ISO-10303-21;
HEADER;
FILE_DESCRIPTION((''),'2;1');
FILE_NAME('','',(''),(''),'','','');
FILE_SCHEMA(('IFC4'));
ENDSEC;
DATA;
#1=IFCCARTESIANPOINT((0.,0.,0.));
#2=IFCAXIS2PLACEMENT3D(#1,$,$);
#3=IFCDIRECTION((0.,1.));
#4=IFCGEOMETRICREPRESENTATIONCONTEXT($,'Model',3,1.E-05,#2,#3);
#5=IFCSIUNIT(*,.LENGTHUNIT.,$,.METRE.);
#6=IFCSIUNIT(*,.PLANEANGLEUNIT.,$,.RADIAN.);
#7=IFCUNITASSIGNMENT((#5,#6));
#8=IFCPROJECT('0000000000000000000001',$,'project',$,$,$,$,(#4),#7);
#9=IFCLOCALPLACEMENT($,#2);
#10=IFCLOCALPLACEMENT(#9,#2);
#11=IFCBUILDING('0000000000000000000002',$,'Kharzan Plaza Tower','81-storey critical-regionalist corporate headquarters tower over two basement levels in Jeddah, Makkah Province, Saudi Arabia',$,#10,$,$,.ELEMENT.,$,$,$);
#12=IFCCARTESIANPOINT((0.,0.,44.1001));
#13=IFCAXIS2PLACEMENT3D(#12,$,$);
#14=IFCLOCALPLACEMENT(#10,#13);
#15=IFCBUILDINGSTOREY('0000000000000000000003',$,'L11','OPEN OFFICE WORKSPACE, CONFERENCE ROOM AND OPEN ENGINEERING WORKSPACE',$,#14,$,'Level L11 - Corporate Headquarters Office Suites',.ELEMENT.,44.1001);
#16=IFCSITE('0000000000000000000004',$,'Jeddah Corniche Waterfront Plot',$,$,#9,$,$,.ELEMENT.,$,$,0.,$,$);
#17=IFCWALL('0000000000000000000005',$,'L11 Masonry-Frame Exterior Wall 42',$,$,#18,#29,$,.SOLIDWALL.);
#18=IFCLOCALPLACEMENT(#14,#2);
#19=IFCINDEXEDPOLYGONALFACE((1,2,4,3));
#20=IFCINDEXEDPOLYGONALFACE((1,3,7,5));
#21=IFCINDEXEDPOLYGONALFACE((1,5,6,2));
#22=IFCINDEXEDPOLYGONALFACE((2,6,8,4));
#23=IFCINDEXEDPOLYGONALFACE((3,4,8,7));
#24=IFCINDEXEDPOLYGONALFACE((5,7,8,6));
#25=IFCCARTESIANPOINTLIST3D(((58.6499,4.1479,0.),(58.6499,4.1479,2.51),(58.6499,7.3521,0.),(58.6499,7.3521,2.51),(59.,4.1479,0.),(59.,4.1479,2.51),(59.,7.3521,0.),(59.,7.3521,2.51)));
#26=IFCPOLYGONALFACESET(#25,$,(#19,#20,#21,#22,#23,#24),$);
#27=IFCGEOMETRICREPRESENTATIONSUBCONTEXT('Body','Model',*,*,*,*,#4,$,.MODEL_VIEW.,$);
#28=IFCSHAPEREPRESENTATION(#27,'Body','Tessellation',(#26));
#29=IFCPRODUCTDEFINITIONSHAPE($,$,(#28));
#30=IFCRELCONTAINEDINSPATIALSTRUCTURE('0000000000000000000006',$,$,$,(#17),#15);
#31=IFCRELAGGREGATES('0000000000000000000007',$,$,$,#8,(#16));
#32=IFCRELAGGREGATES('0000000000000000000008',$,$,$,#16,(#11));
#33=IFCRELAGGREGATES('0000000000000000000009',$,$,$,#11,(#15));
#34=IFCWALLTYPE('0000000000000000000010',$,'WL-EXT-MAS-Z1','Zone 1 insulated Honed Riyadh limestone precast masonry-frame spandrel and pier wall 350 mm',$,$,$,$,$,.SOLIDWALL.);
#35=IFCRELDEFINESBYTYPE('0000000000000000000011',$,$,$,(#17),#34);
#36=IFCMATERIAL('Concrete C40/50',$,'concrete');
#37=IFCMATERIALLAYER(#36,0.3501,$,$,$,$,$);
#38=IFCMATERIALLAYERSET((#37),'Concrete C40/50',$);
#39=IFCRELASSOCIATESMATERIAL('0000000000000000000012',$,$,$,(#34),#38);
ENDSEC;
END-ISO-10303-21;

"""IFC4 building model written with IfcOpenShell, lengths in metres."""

from ifc_helpers import new_model, si_unit, direction, frame, frame_2d, origin, place, context, subcontext, project, spatial, rectangle, extrude, source, transform, mapped, material, layer, layer_set, type_object, element, save


model = new_model("IFC4")

# Units and contexts
model_context = context("Model", 3, precision=1e-05, world=origin(), true_north=direction((0.0, 1.0)))
body_context = subcontext(model_context, "Body", "Model", "MODEL_VIEW")
ifc_project = project(units=[si_unit("LENGTHUNIT", "METRE"), si_unit("PLANEANGLEUNIT", "RADIAN")], contexts=[model_context])

# Site, building, storey
site_placement = place(None, origin())
site = spatial("IfcSite", under=ifc_project, at=site_placement, Name="Jeddah Corniche Waterfront Plot", CompositionType="ELEMENT", RefElevation=0.0)
building_placement = place(site_placement, origin())
building = spatial("IfcBuilding", under=site, at=building_placement, Name="Kharzan Plaza Tower", Description="81-storey critical-regionalist corporate headquarters tower over two basement levels in Jeddah, Makkah Province, Saudi Arabia", CompositionType="ELEMENT")
storey_placement = place(building_placement, frame((0.0, 0.0, 44.1001)))
storey = spatial("IfcBuildingStorey", under=building, at=storey_placement, Name="L11", Description="OPEN OFFICE WORKSPACE, CONFERENCE ROOM AND OPEN ENGINEERING WORKSPACE", LongName="Level L11 - Corporate Headquarters Office Suites", CompositionType="ELEMENT", Elevation=44.1001)

# Shared definitions
ifc_material_1 = material(Name="Concrete C40/50", Category="concrete")
ifc_layer = layer(ifc_material_1, 0.3501)
ifc_layer_set = layer_set([ifc_layer], Name="Concrete C40/50")
wall_type = type_object("IfcWallType", Name="WL-EXT-MAS-Z1", Description="Zone 1 insulated Honed Riyadh limestone precast masonry-frame spandrel and pier wall 350 mm", PredefinedType="SOLIDWALL", material=ifc_layer_set)

# Wall
shared_shape_1 = source(origin(), body_context, "Body", "SweptSolid", [
    extrude(rectangle(XDim=3.2041, YDim=0.3501, at=frame_2d((1.6021, 0.0))), origin(), (0.0, 0.0, 1.0), 2.51),
])
wall_1_placement = place(storey_placement, frame((58.825, 4.1479, 0.0), z_axis=(0.0, 0.0, 1.0), x_axis=(0.0, 1.0, 0.0)))
element("IfcWall", 1, at=wall_1_placement, inside=storey, type_object=wall_type, Name="L11 Masonry-Frame Exterior Wall 42", PredefinedType="SOLIDWALL", context=body_context, shape_type="MappedRepresentation", body=[
    mapped(shared_shape_1, transform((0.0, 0.0, 0.0), x_axis=(1.0, 0.0, 0.0), y_axis=(0.0, 1.0, 0.0), z_axis=(0.0, 0.0, 1.0))),
])

save(model, "model.ifc")
